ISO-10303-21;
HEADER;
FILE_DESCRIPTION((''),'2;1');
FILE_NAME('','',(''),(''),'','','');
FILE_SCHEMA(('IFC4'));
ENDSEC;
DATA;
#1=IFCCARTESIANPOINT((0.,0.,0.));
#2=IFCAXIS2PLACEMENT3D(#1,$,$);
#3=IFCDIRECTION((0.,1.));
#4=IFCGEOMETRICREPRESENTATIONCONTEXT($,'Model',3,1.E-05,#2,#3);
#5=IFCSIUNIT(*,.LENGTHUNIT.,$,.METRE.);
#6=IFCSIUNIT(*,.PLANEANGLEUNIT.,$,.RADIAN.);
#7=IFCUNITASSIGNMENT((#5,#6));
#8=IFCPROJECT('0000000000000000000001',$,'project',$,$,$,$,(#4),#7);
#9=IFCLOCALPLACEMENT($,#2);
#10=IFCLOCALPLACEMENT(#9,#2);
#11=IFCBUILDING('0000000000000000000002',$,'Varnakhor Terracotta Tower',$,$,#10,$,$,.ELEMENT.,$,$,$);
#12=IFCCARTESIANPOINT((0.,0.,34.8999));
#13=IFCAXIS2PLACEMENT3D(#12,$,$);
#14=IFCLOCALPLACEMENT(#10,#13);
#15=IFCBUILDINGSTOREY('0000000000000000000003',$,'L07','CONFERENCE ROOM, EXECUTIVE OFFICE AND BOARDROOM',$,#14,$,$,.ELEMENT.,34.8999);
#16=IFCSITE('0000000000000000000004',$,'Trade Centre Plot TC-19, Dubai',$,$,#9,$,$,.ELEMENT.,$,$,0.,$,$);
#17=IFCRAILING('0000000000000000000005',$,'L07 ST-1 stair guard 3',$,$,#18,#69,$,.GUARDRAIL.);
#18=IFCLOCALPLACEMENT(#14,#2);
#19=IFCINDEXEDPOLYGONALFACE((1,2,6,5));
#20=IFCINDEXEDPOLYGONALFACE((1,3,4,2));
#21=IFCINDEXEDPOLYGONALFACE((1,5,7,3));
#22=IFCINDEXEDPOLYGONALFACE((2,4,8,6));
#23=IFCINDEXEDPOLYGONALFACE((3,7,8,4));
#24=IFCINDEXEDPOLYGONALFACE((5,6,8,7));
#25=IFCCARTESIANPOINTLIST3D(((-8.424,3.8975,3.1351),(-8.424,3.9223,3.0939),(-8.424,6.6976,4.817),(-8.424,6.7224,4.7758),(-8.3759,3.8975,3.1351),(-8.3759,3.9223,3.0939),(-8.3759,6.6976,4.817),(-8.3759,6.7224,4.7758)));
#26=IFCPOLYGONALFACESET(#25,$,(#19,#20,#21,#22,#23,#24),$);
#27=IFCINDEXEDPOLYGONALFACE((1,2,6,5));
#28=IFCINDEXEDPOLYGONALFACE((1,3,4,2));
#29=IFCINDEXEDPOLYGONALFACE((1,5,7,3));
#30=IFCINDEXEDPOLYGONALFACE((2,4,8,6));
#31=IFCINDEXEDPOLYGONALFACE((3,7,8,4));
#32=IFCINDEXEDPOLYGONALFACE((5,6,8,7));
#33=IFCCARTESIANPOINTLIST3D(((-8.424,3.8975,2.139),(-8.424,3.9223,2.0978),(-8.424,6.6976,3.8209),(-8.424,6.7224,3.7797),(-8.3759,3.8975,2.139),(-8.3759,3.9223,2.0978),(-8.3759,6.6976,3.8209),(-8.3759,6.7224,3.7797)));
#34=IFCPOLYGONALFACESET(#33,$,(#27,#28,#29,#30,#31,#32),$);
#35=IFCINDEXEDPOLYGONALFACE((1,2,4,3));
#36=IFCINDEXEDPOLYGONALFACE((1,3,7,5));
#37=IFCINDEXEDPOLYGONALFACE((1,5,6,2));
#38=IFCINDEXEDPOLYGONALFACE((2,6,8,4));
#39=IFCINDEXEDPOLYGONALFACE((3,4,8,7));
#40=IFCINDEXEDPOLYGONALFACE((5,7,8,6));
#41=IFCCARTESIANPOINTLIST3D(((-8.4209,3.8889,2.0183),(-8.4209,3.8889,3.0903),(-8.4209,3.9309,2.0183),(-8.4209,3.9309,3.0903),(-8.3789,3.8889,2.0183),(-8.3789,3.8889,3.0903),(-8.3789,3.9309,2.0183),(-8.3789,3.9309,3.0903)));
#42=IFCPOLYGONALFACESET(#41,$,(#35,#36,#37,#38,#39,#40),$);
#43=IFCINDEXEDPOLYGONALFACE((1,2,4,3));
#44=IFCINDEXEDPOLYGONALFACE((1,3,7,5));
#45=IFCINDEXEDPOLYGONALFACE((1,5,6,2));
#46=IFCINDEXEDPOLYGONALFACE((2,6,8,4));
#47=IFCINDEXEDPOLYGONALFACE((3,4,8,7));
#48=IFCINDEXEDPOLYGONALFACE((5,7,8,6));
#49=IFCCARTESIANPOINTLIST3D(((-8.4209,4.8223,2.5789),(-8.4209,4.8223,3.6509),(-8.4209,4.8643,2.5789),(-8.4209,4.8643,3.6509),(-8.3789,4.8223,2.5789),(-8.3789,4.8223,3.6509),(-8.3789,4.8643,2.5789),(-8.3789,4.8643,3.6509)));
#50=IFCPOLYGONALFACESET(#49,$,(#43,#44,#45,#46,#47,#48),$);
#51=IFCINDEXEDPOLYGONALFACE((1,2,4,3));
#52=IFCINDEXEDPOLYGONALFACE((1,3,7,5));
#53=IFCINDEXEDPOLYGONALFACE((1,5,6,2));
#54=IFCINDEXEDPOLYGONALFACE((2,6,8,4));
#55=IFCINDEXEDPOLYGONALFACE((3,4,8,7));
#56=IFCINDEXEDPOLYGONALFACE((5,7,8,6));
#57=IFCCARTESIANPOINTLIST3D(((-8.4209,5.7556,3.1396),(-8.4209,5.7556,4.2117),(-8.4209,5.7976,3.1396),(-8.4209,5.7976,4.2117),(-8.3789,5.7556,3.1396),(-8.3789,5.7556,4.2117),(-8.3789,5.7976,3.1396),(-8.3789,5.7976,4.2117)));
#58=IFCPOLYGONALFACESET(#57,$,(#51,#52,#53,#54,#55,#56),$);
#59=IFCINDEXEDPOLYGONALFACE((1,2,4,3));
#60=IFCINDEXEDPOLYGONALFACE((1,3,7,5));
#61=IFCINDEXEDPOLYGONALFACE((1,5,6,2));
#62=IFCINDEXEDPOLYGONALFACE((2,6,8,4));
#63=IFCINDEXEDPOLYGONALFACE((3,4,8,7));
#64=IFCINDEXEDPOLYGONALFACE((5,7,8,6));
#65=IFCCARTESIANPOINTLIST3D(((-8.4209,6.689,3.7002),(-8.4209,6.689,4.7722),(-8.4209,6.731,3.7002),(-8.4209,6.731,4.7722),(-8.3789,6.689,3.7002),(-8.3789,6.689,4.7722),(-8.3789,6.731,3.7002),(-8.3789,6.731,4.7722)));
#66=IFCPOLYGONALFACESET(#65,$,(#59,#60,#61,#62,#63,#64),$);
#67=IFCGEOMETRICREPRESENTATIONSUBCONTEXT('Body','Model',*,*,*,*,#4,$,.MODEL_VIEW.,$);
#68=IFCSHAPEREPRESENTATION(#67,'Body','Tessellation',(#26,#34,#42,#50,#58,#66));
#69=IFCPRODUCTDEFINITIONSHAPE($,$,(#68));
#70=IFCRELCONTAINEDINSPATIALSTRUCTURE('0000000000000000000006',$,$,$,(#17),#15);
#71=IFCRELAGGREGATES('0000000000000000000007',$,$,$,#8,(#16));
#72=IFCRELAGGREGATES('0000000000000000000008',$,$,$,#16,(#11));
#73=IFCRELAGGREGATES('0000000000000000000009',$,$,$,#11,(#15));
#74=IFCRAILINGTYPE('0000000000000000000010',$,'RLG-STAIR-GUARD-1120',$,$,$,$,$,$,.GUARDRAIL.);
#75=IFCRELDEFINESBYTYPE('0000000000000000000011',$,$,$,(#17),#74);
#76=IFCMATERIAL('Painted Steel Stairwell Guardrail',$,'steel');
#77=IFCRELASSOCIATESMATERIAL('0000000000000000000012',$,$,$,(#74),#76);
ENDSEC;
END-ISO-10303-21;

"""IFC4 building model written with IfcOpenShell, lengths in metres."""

from ifc_helpers import new_model, si_unit, direction, frame, origin, origin_2d, place, context, subcontext, project, spatial, rectangle, extrude, material, type_object, element, save


model = new_model("IFC4")

# Units and contexts
model_context = context("Model", 3, precision=1e-05, world=origin(), true_north=direction((0.0, 1.0)))
body_context = subcontext(model_context, "Body", "Model", "MODEL_VIEW")
ifc_project = project(units=[si_unit("LENGTHUNIT", "METRE"), si_unit("PLANEANGLEUNIT", "RADIAN")], contexts=[model_context])

# Site, building, storey
site_placement = place(None, origin())
site = spatial("IfcSite", under=ifc_project, at=site_placement, Name="Trade Centre Plot TC-19, Dubai", CompositionType="ELEMENT", RefElevation=0.0)
building_placement = place(site_placement, origin())
building = spatial("IfcBuilding", under=site, at=building_placement, Name="Varnakhor Terracotta Tower", CompositionType="ELEMENT")
storey_placement = place(building_placement, frame((0.0, 0.0, 34.8999)))
storey = spatial("IfcBuildingStorey", under=building, at=storey_placement, Name="L07", Description="CONFERENCE ROOM, EXECUTIVE OFFICE AND BOARDROOM", CompositionType="ELEMENT", Elevation=34.8999)

# Railing
ifc_material_1 = material(Name="Painted Steel Stairwell Guardrail", Category="steel")
railing_type = type_object("IfcRailingType", Name="RLG-STAIR-GUARD-1120", PredefinedType="GUARDRAIL", material=ifc_material_1)
railing_1_placement = place(storey_placement, frame((-8.3999, 3.9099, 2.0183)))
element("IfcRailing", 1, at=railing_1_placement, inside=storey, type_object=railing_type, Name="L07 ST-1 stair guard 3", PredefinedType="GUARDRAIL", context=body_context, shape_type="SweptSolid", body=[
    extrude(rectangle(XDim=0.0481, YDim=0.0481, at=origin_2d()), frame((0.0, 0.0, 1.0962), z_axis=(0.0, 0.857242, 0.514913), x_axis=(-1.0, 0.0, 0.0)), (0.0, 0.0, 1.0), 3.2664),
    extrude(rectangle(XDim=0.0481, YDim=0.0481, at=origin_2d()), frame((0.0, 0.0, 0.1001), z_axis=(0.0, 0.857242, 0.514913), x_axis=(-1.0, 0.0, 0.0)), (0.0, 0.0, 1.0), 3.2664),
    extrude(rectangle(XDim=0.042, YDim=0.042, at=origin_2d()), origin(), (0.0, 0.0, 1.0), 1.072),
    extrude(rectangle(XDim=0.042, YDim=0.042, at=origin_2d()), frame((0.0, 0.9333, 0.5605)), (0.0, 0.0, 1.0), 1.072),
    extrude(rectangle(XDim=0.042, YDim=0.042, at=origin_2d()), frame((0.0, 1.8667, 1.1213)), (0.0, 0.0, 1.0), 1.072),
    extrude(rectangle(XDim=0.042, YDim=0.042, at=origin_2d()), frame((0.0, 2.8, 1.6819)), (0.0, 0.0, 1.0), 1.072),
])

save(model, "model.ifc")
